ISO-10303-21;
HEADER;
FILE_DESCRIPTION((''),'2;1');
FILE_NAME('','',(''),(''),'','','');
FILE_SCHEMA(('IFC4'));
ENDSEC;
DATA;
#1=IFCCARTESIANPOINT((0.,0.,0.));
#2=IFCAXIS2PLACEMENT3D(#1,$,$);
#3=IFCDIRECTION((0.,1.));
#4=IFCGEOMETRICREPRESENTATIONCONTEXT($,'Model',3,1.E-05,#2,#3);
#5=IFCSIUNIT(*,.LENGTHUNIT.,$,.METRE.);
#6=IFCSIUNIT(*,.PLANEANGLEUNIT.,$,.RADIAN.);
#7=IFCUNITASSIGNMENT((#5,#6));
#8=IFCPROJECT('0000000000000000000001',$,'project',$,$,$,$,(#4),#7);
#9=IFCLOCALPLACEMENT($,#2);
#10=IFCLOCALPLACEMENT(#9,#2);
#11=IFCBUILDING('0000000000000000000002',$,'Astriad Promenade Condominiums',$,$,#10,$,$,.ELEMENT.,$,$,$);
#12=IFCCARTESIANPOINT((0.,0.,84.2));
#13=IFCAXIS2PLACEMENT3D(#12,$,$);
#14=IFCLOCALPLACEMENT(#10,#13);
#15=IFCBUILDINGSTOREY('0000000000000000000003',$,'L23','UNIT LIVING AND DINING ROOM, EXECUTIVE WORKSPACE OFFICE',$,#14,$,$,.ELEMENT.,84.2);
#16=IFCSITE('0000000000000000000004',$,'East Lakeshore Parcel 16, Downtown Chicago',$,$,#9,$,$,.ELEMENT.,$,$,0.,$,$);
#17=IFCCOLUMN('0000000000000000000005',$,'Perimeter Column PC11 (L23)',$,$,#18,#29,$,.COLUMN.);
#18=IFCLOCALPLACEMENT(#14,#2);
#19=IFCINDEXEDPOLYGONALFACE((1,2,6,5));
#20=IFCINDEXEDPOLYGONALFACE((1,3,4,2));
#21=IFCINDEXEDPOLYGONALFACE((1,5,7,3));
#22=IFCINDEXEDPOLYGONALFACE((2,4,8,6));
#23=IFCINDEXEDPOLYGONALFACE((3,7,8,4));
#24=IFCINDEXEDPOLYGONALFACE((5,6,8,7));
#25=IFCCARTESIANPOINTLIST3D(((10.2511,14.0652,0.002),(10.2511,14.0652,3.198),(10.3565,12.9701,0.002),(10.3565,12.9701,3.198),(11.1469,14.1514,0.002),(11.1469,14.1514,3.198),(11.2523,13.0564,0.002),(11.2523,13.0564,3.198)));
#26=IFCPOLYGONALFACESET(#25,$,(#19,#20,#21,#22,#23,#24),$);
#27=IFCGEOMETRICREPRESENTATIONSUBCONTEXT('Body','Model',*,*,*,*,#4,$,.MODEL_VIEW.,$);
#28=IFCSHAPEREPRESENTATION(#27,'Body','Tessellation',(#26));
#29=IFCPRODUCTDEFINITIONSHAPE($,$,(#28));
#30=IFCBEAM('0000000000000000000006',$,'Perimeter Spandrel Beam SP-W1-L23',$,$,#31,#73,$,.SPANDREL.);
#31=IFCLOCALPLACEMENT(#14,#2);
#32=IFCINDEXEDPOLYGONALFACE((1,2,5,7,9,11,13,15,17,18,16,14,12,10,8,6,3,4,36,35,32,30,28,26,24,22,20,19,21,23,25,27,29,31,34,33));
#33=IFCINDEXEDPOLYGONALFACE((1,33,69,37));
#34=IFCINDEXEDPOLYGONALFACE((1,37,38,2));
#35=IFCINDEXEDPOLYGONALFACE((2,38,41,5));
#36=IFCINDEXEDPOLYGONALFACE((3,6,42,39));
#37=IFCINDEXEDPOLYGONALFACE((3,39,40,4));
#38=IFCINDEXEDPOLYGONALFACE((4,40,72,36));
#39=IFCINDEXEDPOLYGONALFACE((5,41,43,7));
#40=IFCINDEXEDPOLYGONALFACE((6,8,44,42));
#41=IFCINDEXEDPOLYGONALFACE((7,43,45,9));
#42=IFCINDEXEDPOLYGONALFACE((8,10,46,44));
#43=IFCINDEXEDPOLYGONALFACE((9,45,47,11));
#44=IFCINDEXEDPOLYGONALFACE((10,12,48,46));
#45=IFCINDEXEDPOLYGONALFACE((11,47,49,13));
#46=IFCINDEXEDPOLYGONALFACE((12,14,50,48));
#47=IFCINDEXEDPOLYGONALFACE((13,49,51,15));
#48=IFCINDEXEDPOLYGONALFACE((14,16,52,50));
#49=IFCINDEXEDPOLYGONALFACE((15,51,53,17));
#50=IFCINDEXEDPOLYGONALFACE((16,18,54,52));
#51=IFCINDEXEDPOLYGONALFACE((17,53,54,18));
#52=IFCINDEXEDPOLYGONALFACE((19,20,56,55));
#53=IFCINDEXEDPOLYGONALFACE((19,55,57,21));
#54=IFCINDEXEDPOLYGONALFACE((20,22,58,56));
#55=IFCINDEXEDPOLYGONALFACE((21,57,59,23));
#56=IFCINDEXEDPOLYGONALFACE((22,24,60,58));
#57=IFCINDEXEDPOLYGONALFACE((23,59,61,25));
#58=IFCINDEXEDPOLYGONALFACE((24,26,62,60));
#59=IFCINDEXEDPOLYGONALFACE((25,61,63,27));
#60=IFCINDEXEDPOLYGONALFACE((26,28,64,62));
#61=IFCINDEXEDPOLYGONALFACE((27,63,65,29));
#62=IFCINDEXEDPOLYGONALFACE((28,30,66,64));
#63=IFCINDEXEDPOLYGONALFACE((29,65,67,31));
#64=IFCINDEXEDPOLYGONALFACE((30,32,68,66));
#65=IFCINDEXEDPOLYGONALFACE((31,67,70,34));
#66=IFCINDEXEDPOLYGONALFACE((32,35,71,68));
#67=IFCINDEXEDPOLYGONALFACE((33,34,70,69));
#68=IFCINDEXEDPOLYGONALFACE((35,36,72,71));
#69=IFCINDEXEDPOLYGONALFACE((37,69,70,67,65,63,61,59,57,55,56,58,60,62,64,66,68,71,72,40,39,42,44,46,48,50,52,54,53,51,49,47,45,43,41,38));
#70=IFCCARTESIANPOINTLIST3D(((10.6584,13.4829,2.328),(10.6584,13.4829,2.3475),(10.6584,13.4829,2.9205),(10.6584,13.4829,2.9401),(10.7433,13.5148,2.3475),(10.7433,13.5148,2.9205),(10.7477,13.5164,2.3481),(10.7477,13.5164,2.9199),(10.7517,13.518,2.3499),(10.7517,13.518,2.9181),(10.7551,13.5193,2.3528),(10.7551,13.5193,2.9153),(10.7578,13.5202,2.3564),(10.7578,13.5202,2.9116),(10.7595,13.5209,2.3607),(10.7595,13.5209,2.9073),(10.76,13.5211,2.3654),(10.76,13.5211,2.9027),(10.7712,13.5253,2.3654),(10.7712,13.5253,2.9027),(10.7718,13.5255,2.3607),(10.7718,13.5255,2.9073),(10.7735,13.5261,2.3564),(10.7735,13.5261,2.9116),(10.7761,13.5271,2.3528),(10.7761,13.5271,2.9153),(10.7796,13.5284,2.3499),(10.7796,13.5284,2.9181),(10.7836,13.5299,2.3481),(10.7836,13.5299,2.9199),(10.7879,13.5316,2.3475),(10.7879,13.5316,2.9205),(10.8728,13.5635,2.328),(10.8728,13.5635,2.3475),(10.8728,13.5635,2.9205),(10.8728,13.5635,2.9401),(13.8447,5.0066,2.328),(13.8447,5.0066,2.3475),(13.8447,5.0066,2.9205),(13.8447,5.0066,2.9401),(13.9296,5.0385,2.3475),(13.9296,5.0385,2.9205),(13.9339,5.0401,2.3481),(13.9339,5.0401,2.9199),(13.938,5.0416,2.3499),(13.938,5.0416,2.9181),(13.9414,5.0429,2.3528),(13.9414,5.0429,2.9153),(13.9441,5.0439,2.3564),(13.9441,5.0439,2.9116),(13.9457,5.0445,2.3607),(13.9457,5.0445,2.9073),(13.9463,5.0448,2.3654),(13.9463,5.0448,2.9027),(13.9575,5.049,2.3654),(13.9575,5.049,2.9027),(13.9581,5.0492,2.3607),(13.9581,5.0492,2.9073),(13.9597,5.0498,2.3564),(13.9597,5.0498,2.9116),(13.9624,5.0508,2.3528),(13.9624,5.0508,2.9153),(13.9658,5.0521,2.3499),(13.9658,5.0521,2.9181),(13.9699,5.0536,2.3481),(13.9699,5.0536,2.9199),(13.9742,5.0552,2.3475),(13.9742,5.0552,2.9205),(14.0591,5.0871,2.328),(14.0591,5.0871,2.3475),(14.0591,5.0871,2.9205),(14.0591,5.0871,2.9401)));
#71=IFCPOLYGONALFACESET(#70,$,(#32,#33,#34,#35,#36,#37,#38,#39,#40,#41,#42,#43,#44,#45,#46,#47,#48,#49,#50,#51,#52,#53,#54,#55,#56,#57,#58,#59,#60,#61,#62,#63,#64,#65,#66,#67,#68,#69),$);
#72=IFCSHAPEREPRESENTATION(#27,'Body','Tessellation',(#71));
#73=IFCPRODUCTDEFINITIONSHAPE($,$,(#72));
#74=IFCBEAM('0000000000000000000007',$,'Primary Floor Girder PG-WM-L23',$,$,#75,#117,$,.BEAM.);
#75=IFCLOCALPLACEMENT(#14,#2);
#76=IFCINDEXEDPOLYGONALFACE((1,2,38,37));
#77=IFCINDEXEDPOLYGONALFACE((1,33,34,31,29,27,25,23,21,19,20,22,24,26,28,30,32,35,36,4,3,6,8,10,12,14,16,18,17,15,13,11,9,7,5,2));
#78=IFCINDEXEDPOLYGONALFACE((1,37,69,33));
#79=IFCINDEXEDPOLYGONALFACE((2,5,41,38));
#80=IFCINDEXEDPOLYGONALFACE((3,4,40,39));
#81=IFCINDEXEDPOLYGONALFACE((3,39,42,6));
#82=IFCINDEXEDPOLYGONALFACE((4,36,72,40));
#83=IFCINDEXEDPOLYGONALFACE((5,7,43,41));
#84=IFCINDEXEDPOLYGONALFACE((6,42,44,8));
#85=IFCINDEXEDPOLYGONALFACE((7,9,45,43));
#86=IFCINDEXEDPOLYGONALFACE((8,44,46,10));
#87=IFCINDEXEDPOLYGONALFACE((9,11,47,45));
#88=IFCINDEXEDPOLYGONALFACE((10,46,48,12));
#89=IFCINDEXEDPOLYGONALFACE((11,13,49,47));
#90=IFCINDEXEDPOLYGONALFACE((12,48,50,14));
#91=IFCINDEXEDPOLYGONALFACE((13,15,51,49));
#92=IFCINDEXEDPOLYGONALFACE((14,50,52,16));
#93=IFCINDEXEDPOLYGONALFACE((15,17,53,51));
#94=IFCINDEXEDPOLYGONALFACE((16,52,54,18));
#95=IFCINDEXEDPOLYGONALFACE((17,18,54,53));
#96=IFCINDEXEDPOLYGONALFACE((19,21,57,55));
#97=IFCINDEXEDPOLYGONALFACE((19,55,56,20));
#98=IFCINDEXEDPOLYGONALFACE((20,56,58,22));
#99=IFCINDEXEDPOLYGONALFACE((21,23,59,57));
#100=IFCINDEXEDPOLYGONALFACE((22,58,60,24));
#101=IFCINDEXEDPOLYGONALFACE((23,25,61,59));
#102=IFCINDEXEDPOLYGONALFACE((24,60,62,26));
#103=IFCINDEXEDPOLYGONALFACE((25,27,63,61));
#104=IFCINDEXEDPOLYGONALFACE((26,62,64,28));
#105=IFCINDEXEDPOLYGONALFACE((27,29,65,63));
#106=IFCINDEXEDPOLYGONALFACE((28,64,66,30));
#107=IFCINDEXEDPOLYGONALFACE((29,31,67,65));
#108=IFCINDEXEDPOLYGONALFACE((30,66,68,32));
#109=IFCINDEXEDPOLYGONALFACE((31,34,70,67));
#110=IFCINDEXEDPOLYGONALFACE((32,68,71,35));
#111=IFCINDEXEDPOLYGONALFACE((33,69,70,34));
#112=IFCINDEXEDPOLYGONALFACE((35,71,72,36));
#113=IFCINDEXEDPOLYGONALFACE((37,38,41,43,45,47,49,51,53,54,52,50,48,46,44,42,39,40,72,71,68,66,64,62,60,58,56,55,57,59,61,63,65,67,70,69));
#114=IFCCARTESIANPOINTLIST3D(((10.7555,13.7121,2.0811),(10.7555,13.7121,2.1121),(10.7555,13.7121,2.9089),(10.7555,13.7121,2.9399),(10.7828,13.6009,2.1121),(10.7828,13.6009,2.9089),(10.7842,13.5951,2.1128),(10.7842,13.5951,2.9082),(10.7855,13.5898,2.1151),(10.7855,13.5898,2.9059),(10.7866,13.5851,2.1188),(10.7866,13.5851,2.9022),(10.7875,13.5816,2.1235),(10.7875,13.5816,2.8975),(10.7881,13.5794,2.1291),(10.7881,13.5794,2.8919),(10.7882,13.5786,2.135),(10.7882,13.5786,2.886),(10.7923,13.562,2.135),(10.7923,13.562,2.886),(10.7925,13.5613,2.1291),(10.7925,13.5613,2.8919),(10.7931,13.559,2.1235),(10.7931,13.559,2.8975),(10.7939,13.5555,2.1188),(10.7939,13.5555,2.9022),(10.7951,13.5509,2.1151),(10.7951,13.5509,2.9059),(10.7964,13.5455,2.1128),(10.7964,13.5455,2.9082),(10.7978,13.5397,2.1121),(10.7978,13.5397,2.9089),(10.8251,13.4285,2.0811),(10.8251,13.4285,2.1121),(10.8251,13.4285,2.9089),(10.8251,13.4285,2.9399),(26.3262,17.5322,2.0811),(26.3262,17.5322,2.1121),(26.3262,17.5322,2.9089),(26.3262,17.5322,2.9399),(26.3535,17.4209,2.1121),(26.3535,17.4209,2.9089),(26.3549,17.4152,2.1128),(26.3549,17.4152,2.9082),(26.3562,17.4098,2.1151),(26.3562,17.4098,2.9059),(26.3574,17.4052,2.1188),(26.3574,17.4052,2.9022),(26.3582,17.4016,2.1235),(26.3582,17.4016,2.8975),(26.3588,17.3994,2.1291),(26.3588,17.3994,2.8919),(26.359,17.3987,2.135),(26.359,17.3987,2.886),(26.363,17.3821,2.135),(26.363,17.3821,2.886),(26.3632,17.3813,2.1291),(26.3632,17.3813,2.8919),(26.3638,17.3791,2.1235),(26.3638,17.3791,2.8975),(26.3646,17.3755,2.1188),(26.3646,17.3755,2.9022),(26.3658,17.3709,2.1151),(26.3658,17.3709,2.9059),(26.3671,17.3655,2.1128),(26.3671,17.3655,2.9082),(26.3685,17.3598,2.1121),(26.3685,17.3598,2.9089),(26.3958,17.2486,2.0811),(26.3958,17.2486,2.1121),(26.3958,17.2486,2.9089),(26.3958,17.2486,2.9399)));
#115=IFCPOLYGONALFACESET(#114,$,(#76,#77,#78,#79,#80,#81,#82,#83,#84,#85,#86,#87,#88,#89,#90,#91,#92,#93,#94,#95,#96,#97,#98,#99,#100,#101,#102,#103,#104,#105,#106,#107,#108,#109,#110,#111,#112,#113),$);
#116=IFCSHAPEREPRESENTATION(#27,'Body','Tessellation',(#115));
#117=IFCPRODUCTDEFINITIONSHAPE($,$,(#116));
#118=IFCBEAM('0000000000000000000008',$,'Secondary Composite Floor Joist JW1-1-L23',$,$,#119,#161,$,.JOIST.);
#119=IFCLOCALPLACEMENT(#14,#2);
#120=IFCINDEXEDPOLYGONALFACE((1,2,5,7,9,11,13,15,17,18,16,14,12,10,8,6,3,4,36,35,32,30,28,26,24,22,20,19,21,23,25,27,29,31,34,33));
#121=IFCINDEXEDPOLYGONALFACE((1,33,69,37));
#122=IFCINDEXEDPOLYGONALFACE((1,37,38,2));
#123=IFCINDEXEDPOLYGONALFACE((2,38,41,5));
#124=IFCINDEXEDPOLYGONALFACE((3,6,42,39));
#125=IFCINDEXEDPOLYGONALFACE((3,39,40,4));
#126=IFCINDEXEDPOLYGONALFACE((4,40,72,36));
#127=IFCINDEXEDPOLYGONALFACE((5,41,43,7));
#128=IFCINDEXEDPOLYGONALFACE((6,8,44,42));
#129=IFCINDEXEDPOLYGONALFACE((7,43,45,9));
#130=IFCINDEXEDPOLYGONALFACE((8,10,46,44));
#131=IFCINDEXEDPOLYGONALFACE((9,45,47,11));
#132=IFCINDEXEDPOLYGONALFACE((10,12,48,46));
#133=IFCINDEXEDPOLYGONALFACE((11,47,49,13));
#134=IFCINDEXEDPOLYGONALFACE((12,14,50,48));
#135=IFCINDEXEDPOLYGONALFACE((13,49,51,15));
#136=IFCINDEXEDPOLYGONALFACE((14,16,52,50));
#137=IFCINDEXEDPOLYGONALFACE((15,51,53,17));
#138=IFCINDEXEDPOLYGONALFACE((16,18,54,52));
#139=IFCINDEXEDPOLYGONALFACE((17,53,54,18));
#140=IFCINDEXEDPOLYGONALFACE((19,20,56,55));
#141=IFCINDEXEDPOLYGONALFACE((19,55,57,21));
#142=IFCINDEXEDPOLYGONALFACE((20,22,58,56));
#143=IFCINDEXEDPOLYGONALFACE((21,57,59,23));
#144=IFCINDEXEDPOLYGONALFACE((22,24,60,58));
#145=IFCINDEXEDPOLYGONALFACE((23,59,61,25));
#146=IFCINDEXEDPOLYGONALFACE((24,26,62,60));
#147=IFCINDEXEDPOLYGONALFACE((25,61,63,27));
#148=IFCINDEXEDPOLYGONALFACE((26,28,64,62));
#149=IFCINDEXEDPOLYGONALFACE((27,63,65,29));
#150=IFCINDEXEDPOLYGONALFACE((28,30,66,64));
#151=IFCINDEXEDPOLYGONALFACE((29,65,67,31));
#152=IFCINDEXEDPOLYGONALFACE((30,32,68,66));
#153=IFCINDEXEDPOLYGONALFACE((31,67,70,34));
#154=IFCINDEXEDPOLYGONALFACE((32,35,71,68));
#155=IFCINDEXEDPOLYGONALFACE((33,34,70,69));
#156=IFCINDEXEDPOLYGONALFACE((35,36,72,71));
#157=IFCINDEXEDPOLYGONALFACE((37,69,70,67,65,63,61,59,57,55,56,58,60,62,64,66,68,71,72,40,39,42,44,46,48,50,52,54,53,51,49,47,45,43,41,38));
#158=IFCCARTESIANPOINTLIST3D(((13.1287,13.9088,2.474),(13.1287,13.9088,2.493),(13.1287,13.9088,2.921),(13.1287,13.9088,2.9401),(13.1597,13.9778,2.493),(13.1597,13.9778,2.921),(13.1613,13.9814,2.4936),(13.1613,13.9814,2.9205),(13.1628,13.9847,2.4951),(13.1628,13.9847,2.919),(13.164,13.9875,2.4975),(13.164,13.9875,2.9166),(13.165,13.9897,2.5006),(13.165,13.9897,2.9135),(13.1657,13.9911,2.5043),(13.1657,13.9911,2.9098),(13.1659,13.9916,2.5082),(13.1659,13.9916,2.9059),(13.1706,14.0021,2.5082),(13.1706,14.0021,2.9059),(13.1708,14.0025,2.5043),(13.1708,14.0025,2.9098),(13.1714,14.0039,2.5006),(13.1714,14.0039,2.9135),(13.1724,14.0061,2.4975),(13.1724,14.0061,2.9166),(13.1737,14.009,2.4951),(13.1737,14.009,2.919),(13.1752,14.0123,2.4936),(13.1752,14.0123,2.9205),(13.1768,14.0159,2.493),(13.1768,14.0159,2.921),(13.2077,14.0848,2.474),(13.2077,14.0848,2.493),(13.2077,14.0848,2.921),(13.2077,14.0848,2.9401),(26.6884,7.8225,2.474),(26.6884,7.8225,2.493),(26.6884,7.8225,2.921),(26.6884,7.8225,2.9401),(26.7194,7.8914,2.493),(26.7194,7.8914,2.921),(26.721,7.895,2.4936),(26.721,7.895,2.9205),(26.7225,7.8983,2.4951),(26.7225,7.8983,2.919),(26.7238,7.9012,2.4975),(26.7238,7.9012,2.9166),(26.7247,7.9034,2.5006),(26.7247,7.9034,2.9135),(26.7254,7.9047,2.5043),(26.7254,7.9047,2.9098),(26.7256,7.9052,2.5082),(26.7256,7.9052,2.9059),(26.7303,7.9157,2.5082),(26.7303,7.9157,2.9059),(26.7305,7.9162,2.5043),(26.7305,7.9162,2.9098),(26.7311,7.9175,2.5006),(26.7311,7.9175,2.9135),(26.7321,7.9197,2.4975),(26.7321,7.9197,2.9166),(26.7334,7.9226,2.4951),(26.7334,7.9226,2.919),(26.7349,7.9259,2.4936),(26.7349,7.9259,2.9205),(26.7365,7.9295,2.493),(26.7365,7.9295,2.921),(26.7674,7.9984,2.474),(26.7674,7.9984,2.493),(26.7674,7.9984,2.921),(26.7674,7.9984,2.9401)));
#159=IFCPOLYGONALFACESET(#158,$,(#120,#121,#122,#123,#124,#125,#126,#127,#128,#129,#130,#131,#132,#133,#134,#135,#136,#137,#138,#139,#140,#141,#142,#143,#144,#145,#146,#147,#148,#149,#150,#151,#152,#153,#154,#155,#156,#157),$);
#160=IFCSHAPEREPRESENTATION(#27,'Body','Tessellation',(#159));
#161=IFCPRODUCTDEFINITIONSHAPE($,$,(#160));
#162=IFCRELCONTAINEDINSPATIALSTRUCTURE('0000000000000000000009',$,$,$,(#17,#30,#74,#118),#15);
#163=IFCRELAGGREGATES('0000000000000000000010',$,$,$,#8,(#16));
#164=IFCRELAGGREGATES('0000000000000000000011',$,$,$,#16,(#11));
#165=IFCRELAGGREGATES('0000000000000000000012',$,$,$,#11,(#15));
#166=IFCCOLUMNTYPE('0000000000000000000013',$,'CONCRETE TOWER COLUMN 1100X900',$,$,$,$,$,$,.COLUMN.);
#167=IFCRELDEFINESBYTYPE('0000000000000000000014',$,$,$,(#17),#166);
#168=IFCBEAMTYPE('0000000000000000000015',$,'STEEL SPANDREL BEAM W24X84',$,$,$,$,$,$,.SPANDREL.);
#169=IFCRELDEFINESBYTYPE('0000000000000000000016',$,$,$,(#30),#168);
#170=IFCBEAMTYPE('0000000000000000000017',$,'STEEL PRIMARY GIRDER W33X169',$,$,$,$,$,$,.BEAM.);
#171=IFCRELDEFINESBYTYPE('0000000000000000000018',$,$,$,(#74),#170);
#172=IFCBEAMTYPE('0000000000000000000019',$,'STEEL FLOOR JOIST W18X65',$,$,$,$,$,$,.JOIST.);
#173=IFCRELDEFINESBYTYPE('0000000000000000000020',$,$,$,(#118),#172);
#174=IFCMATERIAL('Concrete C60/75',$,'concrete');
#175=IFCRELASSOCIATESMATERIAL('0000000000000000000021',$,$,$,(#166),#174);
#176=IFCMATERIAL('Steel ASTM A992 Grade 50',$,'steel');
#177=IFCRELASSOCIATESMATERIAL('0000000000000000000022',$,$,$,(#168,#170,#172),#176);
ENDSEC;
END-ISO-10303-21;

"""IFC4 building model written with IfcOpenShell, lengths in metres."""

from ifc_helpers import new_model, si_unit, direction, frame, origin, origin_2d, place, context, subcontext, project, spatial, rectangle, i_section, extrude, source, transform, mapped, material, material_profile, profile_set, type_object, type_shapes, element, save


model = new_model("IFC4")

# Units and contexts
model_context = context("Model", 3, precision=1e-05, world=origin(), true_north=direction((0.0, 1.0)))
body_context = subcontext(model_context, "Body", "Model", "MODEL_VIEW")
ifc_project = project(units=[si_unit("LENGTHUNIT", "METRE"), si_unit("PLANEANGLEUNIT", "RADIAN")], contexts=[model_context])

# Site, building, storey
site_placement = place(None, origin())
site = spatial("IfcSite", under=ifc_project, at=site_placement, Name="East Lakeshore Parcel 16, Downtown Chicago", CompositionType="ELEMENT", RefElevation=0.0)
building_placement = place(site_placement, origin())
building = spatial("IfcBuilding", under=site, at=building_placement, Name="Astriad Promenade Condominiums", CompositionType="ELEMENT")
storey_placement = place(building_placement, frame((0.0, 0.0, 84.2)))
storey = spatial("IfcBuildingStorey", under=building, at=storey_placement, Name="L23", Description="UNIT LIVING AND DINING ROOM, EXECUTIVE WORKSPACE OFFICE", CompositionType="ELEMENT", Elevation=84.2)

# Column
ifc_material_1 = material(Name="Concrete C60/75", Category="concrete")
ifc_material_profile_1 = material_profile(ifc_material_1, rectangle(XDim=0.8999, YDim=1.1001, at=origin_2d()), Name="RC-COL-1100X900")
ifc_profile_set_1 = profile_set([ifc_material_profile_1], Name="Concrete C60/75")
column_type = type_object("IfcColumnType", Name="CONCRETE TOWER COLUMN 1100X900", PredefinedType="COLUMN", material=ifc_profile_set_1)
shared_shape_1 = source(origin(), body_context, "Body", "SweptSolid", [
    extrude(rectangle(XDim=0.8999, YDim=1.1001, at=origin_2d()), origin(), (0.0, 0.0, 1.0), 3.196),
])
type_shapes(column_type, [shared_shape_1])
column_placement = place(storey_placement, frame((10.7517, 13.5608, 0.002), z_axis=(0.0, 0.0, 1.0), x_axis=(0.995396, 0.095846, 0.0)))
element("IfcColumn", 1, at=column_placement, inside=storey, type_object=column_type, Name="Perimeter Column PC11 (L23)", PredefinedType="COLUMN", context=body_context, shape_type="MappedRepresentation", body=[
    mapped(shared_shape_1, transform((0.0, 0.0, 0.0), scale=1.0)),
])

# Beams
ifc_material_2 = material(Name="Steel ASTM A992 Grade 50", Category="steel")
ifc_material_profile_2 = material_profile(ifc_material_2, i_section(OverallWidth=0.229, OverallDepth=0.6121, WebThickness=0.012, FlangeThickness=0.0195, FilletRadius=0.0178, at=origin_2d()), Name="W24X84")
ifc_profile_set_2 = profile_set([ifc_material_profile_2], Name="Steel ASTM A992 Grade 50")
beam_type_1 = type_object("IfcBeamType", Name="STEEL SPANDREL BEAM W24X84", PredefinedType="SPANDREL", material=ifc_profile_set_2)
shared_shape_2 = source(origin(), body_context, "Body", "SweptSolid", [
    extrude(i_section(OverallWidth=0.229, OverallDepth=0.6121, WebThickness=0.012, FlangeThickness=0.0195, FilletRadius=0.0178, at=origin_2d()), origin(), (0.0, 0.0, 1.0), 9.0554),
])
type_shapes(beam_type_1, [shared_shape_2])
beam_1_placement = place(storey_placement, frame((10.7656, 13.5232, 2.634), z_axis=(0.351865, -0.936051, 0.0), x_axis=(0.936051, 0.351865, 0.0)))
element("IfcBeam", 2, at=beam_1_placement, inside=storey, type_object=beam_type_1, Name="Perimeter Spandrel Beam SP-W1-L23", PredefinedType="SPANDREL", context=body_context, shape_type="MappedRepresentation", body=[
    mapped(shared_shape_2, transform((0.0, 0.0, 0.0), scale=1.0)),
])
ifc_material_profile_3 = material_profile(ifc_material_2, i_section(OverallWidth=0.292, OverallDepth=0.8589, WebThickness=0.0171, FlangeThickness=0.031, FilletRadius=0.0229, at=origin_2d()), Name="W33X169")
ifc_profile_set_3 = profile_set([ifc_material_profile_3], Name="Steel ASTM A992 Grade 50")
beam_type_2 = type_object("IfcBeamType", Name="STEEL PRIMARY GIRDER W33X169", PredefinedType="BEAM", material=ifc_profile_set_3)
shared_shape_3 = source(origin(), body_context, "Body", "SweptSolid", [
    extrude(i_section(OverallWidth=0.292, OverallDepth=0.8589, WebThickness=0.0171, FlangeThickness=0.031, FilletRadius=0.0229, at=origin_2d()), origin(), (0.0, 0.0, 1.0), 16.0325),
])
type_shapes(beam_type_2, [shared_shape_3])
beam_2_placement = place(storey_placement, frame((10.7903, 13.5703, 2.5105), z_axis=(0.971199, 0.238269, 0.0), x_axis=(-0.238269, 0.971199, 0.0)))
element("IfcBeam", 3, at=beam_2_placement, inside=storey, type_object=beam_type_2, Name="Primary Floor Girder PG-WM-L23", PredefinedType="BEAM", context=body_context, shape_type="MappedRepresentation", body=[
    mapped(shared_shape_3, transform((0.0, 0.0, 0.0), scale=1.0)),
])
ifc_material_profile_4 = material_profile(ifc_material_2, i_section(OverallWidth=0.1929, OverallDepth=0.4661, WebThickness=0.0115, FlangeThickness=0.019, FilletRadius=0.0151, at=origin_2d()), Name="W18X65")
ifc_profile_set_4 = profile_set([ifc_material_profile_4], Name="Steel ASTM A992 Grade 50")
beam_type_3 = type_object("IfcBeamType", Name="STEEL FLOOR JOIST W18X65", PredefinedType="JOIST", material=ifc_profile_set_4)
shared_shape_4 = source(origin(), body_context, "Body", "SweptSolid", [
    extrude(i_section(OverallWidth=0.1929, OverallDepth=0.4661, WebThickness=0.0115, FlangeThickness=0.019, FilletRadius=0.0151, at=origin_2d()), origin(), (0.0, 0.0, 1.0), 14.863),
])
beam_3_placement = place(storey_placement, frame((13.1682, 13.9968, 2.707), z_axis=(0.912311, -0.409498, 0.0), x_axis=(0.409498, 0.912311, 0.0)))
element("IfcBeam", 4, at=beam_3_placement, inside=storey, type_object=beam_type_3, Name="Secondary Composite Floor Joist JW1-1-L23", PredefinedType="JOIST", context=body_context, shape_type="MappedRepresentation", body=[
    mapped(shared_shape_4, transform((0.0, 0.0, 0.0), scale=1.0)),
])

save(model, "model.ifc")
